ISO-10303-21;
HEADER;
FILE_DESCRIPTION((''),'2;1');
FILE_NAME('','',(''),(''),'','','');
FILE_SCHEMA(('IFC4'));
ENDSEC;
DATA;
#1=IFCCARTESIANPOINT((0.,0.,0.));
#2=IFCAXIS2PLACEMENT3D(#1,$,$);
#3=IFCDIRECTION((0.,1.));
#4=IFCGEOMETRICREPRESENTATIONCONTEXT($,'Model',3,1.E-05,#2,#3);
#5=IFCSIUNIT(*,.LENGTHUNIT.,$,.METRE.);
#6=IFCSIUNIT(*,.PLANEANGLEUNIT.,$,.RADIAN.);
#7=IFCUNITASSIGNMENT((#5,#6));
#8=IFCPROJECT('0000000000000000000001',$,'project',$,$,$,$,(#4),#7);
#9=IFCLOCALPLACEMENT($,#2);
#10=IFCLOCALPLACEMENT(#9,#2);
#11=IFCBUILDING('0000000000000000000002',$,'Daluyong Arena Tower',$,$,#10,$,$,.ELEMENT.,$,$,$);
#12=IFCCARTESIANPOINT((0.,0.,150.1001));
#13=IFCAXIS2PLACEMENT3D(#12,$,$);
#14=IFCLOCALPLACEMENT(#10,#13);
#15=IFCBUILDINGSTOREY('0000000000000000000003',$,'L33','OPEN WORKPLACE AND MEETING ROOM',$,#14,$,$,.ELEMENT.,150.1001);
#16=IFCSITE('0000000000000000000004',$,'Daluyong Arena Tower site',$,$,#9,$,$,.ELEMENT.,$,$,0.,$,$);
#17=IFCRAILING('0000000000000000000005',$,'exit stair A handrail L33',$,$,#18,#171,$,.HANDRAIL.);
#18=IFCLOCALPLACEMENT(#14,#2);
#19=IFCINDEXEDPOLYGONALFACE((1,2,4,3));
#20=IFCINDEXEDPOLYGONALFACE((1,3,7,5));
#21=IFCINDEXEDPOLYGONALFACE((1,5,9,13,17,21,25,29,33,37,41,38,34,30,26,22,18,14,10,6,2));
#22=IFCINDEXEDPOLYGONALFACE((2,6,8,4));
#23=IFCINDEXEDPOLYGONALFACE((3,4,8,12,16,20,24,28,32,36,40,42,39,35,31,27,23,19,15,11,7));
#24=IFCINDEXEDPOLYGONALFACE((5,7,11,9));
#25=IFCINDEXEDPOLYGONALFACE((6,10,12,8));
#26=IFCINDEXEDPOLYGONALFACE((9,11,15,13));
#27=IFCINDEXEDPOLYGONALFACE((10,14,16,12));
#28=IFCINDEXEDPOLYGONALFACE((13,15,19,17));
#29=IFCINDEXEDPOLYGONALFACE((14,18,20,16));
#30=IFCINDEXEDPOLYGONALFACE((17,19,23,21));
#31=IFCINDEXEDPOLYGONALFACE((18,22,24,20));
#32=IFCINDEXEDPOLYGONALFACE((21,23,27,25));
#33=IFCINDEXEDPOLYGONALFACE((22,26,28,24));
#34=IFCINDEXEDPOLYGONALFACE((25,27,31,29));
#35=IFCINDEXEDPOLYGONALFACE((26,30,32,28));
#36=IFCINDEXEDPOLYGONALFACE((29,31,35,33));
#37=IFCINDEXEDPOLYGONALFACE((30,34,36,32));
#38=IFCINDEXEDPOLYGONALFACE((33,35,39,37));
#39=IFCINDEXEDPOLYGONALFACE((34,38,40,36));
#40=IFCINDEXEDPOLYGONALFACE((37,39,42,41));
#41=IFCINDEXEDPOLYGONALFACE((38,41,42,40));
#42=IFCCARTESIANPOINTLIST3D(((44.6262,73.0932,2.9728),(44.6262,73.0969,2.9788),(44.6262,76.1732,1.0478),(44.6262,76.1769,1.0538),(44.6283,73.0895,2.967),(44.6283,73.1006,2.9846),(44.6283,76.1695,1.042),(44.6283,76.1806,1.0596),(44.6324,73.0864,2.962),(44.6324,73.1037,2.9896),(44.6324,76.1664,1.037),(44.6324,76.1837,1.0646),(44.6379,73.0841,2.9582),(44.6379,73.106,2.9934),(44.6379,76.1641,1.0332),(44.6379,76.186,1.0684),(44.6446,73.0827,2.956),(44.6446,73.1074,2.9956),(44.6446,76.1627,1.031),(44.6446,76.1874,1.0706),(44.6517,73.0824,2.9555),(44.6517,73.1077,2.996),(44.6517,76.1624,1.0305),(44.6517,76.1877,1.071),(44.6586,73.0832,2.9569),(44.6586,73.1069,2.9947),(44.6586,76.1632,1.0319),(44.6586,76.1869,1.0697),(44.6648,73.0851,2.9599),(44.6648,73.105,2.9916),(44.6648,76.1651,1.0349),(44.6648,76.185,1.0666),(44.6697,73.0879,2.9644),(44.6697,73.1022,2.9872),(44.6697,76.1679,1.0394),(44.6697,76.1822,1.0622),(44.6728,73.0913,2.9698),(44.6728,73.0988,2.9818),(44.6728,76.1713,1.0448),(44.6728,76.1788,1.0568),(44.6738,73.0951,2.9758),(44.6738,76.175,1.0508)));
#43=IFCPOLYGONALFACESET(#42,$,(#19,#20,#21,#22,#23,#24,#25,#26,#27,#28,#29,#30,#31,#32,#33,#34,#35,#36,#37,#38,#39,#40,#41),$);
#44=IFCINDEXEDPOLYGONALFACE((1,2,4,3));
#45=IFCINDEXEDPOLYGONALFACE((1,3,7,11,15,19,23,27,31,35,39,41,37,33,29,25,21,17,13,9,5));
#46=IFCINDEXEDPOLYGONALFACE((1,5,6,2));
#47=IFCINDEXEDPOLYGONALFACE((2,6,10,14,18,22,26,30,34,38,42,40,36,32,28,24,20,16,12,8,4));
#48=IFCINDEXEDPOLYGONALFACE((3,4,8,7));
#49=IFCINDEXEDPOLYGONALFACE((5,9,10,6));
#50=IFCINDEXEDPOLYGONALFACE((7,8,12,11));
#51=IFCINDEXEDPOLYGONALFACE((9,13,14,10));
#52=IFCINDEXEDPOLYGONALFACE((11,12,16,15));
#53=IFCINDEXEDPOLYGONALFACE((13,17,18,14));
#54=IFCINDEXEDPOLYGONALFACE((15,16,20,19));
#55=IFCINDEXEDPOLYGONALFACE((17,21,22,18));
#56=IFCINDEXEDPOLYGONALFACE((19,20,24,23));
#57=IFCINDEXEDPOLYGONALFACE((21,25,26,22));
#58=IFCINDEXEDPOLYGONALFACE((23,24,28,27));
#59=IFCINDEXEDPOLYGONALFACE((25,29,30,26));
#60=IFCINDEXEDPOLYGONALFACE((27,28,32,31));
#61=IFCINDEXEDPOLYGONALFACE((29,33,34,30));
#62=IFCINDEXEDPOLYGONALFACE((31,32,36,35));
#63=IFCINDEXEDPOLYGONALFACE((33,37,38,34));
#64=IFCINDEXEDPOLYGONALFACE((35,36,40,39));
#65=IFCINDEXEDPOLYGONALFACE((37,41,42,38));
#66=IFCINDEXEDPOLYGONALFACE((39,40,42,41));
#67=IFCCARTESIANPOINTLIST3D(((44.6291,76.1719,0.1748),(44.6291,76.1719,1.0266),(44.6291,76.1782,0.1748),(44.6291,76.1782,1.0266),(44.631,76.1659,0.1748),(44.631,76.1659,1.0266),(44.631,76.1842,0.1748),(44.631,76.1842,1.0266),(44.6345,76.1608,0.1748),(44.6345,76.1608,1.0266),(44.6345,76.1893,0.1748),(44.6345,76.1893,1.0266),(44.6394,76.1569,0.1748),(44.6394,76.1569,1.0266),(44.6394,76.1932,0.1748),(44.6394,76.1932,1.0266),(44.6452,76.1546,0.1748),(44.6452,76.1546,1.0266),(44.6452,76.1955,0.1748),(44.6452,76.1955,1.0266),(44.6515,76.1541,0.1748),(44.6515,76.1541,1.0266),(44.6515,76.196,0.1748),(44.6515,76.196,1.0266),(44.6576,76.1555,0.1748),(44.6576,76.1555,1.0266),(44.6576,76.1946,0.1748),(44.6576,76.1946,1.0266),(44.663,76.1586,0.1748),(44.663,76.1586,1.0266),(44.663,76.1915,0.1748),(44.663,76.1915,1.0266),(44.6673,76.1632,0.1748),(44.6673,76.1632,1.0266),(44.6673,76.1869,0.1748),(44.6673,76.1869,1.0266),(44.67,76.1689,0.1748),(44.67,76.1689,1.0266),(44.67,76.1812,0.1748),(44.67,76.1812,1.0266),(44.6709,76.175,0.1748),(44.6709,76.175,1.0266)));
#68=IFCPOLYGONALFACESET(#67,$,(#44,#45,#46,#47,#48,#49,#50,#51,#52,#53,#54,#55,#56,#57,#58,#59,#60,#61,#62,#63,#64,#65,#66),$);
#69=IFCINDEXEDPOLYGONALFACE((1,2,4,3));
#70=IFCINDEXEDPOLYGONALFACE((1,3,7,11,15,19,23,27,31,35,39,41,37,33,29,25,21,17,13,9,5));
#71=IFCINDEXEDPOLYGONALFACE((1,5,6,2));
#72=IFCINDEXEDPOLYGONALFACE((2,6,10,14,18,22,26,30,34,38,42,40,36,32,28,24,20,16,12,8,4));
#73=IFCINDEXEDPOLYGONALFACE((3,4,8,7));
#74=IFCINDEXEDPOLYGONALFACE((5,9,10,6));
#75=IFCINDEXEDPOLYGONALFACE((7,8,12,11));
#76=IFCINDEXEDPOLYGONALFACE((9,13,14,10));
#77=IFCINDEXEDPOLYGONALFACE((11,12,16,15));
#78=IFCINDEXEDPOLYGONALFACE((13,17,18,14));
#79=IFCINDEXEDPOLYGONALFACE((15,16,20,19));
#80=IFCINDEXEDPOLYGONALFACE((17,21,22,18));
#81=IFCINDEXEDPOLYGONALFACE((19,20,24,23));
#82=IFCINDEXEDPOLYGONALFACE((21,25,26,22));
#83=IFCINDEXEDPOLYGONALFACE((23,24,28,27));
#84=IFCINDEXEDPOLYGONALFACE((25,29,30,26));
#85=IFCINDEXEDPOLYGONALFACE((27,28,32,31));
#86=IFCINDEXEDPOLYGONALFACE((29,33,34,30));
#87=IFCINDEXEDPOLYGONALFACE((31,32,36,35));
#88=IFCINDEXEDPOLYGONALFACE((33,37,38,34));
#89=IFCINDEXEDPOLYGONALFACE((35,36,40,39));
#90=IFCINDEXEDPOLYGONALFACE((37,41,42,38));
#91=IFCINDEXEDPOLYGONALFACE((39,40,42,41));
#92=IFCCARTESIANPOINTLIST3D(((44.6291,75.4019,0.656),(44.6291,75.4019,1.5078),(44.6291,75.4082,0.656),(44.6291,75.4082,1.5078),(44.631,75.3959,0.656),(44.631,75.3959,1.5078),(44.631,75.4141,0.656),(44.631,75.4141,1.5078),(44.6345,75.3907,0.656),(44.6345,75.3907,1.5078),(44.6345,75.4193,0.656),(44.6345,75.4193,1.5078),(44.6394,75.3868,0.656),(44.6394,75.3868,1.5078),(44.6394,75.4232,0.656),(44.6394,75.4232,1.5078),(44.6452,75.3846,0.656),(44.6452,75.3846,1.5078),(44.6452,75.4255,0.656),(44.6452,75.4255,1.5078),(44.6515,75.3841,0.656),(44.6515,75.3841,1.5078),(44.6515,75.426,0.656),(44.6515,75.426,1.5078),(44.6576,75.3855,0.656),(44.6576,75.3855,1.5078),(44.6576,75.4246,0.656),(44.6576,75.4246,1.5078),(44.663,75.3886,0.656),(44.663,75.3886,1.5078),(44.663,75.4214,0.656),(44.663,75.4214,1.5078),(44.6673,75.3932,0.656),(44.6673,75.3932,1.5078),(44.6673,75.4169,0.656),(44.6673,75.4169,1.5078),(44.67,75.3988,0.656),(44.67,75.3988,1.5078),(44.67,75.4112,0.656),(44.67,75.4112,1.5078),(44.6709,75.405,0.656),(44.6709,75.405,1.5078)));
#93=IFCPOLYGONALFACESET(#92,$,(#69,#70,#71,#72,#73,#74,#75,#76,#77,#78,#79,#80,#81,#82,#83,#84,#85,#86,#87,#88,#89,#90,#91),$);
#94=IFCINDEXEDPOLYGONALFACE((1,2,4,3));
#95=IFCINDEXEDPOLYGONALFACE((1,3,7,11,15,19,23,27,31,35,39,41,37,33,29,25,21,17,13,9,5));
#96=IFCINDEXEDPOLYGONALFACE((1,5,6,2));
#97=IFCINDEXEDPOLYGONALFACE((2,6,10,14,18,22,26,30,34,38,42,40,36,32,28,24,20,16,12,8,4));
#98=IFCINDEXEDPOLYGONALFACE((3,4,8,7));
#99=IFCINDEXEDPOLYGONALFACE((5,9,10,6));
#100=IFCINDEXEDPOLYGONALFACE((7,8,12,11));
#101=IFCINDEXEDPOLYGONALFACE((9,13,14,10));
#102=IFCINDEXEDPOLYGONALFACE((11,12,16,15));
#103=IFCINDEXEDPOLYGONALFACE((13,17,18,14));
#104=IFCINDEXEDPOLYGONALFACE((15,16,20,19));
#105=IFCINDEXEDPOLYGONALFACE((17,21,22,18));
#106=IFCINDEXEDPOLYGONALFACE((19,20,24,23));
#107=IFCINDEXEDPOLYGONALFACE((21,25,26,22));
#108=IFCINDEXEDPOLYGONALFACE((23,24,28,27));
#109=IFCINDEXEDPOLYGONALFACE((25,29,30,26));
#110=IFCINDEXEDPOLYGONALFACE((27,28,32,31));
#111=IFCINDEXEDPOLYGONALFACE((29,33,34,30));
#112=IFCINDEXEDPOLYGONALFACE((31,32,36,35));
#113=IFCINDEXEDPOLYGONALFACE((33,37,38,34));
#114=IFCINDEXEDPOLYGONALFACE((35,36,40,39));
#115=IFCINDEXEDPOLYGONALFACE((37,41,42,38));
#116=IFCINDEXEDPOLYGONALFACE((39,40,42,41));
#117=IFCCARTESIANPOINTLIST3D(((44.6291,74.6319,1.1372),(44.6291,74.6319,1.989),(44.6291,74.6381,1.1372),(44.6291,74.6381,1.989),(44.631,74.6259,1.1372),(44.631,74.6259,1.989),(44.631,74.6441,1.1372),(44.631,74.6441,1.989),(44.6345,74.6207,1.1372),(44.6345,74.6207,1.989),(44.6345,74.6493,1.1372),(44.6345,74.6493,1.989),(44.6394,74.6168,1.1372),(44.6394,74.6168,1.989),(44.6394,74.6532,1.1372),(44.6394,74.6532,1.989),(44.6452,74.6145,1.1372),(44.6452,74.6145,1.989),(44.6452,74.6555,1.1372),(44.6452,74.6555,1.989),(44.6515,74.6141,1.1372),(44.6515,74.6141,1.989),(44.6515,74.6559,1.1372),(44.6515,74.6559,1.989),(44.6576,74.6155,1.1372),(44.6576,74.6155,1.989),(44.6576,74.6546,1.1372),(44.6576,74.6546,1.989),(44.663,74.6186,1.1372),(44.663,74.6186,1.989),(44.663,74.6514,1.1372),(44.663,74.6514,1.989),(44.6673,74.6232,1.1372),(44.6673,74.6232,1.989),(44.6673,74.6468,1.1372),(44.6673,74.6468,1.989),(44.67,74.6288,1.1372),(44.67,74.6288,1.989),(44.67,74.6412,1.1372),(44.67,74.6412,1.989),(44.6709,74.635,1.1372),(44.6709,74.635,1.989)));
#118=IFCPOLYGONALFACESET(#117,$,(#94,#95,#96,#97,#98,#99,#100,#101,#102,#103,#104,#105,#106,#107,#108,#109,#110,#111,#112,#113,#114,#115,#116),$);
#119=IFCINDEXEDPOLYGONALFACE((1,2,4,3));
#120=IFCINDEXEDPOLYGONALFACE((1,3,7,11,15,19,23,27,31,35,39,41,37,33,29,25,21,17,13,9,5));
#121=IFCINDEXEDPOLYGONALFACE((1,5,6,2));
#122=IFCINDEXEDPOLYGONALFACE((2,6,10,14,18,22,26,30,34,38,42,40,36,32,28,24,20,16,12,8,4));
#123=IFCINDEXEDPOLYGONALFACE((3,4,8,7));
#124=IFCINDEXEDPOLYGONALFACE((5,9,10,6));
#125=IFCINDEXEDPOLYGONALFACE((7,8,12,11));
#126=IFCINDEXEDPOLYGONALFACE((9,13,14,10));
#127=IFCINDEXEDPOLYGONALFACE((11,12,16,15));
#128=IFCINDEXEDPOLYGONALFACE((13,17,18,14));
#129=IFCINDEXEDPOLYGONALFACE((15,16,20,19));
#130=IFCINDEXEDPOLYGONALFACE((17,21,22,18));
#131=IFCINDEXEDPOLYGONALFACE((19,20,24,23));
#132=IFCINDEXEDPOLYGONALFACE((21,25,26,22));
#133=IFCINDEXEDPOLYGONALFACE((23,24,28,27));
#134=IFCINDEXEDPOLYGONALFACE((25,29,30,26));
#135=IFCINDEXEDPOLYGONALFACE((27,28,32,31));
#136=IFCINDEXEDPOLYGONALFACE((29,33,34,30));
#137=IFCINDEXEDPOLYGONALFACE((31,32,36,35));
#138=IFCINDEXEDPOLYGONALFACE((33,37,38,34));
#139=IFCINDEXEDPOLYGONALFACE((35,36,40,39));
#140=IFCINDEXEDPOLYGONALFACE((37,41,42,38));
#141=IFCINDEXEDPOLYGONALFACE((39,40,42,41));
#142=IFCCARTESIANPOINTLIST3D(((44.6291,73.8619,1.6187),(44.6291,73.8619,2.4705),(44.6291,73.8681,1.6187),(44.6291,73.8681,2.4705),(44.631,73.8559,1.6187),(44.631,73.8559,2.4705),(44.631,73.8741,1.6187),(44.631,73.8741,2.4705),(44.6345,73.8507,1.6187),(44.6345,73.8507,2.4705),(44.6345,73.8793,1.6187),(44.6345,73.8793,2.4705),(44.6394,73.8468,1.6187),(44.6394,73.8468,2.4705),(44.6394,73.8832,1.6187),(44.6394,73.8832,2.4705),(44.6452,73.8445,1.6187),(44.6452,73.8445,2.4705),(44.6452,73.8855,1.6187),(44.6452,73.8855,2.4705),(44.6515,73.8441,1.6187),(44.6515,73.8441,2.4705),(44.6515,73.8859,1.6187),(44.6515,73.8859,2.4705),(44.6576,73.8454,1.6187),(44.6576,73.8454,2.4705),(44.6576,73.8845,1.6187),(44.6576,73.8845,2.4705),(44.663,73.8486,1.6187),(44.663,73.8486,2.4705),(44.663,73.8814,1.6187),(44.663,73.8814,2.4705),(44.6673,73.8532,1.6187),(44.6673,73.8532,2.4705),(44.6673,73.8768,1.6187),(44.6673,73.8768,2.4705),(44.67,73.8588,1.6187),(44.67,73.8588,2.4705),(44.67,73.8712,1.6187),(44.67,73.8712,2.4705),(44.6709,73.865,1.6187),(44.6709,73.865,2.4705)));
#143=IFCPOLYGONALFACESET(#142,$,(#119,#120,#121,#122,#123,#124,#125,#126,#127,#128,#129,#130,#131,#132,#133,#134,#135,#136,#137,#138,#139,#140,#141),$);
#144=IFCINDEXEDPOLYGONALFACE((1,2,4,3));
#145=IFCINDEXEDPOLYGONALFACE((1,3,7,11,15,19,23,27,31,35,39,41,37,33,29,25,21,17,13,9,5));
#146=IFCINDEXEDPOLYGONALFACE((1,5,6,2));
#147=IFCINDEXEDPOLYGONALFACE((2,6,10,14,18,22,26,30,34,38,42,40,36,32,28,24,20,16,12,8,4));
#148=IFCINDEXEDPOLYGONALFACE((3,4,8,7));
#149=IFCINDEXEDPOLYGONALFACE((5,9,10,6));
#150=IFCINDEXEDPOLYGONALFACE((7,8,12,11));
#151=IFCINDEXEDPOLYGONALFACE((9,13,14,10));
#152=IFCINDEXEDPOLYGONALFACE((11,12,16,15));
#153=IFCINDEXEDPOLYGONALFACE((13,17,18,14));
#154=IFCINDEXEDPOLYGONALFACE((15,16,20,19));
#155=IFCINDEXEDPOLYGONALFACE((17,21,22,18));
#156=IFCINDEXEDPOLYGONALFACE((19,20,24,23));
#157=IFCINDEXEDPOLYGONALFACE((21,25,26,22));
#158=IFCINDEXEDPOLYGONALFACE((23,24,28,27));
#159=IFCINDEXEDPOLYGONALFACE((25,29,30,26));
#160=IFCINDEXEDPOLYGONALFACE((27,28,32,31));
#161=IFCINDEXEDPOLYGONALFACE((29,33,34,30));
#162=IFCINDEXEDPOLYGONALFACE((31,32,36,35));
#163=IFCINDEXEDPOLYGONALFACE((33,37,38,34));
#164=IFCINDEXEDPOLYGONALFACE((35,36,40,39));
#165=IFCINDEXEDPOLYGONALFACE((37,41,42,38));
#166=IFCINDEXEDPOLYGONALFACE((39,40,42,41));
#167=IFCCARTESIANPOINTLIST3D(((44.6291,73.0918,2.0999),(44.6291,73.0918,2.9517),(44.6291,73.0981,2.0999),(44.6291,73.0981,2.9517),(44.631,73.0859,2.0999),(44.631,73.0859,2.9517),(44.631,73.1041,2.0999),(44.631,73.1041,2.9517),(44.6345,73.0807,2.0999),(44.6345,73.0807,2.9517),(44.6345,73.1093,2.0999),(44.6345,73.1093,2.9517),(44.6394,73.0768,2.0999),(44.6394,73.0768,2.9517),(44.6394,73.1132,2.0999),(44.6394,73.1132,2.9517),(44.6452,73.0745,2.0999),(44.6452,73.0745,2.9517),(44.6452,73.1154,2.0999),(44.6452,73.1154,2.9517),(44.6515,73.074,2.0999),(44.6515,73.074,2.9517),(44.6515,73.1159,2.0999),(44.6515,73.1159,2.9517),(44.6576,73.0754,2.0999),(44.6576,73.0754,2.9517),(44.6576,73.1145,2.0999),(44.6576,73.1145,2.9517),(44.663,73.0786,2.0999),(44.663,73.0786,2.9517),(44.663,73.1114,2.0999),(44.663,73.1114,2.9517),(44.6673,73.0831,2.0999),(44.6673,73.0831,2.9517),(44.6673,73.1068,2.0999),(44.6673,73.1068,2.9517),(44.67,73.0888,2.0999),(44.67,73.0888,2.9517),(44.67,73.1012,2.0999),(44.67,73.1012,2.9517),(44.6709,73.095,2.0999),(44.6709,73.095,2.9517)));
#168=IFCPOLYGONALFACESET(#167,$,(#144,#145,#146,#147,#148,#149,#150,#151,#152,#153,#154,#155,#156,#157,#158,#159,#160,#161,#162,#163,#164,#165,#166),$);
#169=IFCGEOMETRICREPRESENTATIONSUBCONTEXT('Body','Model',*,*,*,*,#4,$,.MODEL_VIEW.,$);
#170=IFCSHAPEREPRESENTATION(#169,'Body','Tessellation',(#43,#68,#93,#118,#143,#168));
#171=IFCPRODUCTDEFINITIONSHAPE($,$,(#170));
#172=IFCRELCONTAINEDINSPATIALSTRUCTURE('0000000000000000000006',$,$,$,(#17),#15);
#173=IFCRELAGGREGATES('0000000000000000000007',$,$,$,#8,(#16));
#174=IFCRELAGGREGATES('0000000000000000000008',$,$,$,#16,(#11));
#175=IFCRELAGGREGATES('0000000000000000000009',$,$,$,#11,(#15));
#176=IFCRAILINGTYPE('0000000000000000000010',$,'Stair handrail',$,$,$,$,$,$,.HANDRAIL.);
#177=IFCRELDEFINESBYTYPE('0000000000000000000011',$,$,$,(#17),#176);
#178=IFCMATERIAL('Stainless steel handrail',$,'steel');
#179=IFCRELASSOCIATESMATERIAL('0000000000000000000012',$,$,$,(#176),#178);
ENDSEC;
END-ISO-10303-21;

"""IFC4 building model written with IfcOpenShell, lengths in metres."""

from ifc_helpers import new_model, si_unit, direction, frame, origin, origin_2d, place, context, subcontext, project, spatial, circle, extrude, material, type_object, element, save


model = new_model("IFC4")

# Units and contexts
model_context = context("Model", 3, precision=1e-05, world=origin(), true_north=direction((0.0, 1.0)))
body_context = subcontext(model_context, "Body", "Model", "MODEL_VIEW")
ifc_project = project(units=[si_unit("LENGTHUNIT", "METRE"), si_unit("PLANEANGLEUNIT", "RADIAN")], contexts=[model_context])

# Site, building, storey
site_placement = place(None, origin())
site = spatial("IfcSite", under=ifc_project, at=site_placement, Name="Daluyong Arena Tower site", CompositionType="ELEMENT", RefElevation=0.0)
building_placement = place(site_placement, origin())
building = spatial("IfcBuilding", under=site, at=building_placement, Name="Daluyong Arena Tower", CompositionType="ELEMENT")
storey_placement = place(building_placement, frame((0.0, 0.0, 150.1001)))
storey = spatial("IfcBuildingStorey", under=building, at=storey_placement, Name="L33", Description="OPEN WORKPLACE AND MEETING ROOM", CompositionType="ELEMENT", Elevation=150.1001)

# Railing
ifc_material_1 = material(Name="Stainless steel handrail", Category="steel")
railing_type_1 = type_object("IfcRailingType", Name="Stair handrail", PredefinedType="HANDRAIL", material=ifc_material_1)
railing_1_placement = place(storey_placement, frame((44.6499, 76.175, 0.1748)))
element("IfcRailing", 1, at=railing_1_placement, inside=storey, type_object=railing_type_1, Name="exit stair A handrail L33", PredefinedType="HANDRAIL", context=body_context, shape_type="SweptSolid", body=[
    extrude(circle(Radius=0.0239, at=origin_2d()), frame((0.0, 0.0, 0.876), z_axis=(0.0, -0.847998, 0.529999), x_axis=(1.0, 0.0, 0.0)), (0.0, 0.0, 1.0), 3.6321),
    extrude(circle(Radius=0.021, at=origin_2d()), origin(), (0.0, 0.0, 1.0), 0.8518),
    extrude(circle(Radius=0.021, at=origin_2d()), frame((0.0, -0.77, 0.4812)), (0.0, 0.0, 1.0), 0.8518),
    extrude(circle(Radius=0.021, at=origin_2d()), frame((0.0, -1.54, 0.9624)), (0.0, 0.0, 1.0), 0.8518),
    extrude(circle(Radius=0.021, at=origin_2d()), frame((0.0, -2.3101, 1.4438)), (0.0, 0.0, 1.0), 0.8518),
    extrude(circle(Radius=0.021, at=origin_2d()), frame((0.0, -3.0801, 1.925)), (0.0, 0.0, 1.0), 0.8518),
])

save(model, "model.ifc")
